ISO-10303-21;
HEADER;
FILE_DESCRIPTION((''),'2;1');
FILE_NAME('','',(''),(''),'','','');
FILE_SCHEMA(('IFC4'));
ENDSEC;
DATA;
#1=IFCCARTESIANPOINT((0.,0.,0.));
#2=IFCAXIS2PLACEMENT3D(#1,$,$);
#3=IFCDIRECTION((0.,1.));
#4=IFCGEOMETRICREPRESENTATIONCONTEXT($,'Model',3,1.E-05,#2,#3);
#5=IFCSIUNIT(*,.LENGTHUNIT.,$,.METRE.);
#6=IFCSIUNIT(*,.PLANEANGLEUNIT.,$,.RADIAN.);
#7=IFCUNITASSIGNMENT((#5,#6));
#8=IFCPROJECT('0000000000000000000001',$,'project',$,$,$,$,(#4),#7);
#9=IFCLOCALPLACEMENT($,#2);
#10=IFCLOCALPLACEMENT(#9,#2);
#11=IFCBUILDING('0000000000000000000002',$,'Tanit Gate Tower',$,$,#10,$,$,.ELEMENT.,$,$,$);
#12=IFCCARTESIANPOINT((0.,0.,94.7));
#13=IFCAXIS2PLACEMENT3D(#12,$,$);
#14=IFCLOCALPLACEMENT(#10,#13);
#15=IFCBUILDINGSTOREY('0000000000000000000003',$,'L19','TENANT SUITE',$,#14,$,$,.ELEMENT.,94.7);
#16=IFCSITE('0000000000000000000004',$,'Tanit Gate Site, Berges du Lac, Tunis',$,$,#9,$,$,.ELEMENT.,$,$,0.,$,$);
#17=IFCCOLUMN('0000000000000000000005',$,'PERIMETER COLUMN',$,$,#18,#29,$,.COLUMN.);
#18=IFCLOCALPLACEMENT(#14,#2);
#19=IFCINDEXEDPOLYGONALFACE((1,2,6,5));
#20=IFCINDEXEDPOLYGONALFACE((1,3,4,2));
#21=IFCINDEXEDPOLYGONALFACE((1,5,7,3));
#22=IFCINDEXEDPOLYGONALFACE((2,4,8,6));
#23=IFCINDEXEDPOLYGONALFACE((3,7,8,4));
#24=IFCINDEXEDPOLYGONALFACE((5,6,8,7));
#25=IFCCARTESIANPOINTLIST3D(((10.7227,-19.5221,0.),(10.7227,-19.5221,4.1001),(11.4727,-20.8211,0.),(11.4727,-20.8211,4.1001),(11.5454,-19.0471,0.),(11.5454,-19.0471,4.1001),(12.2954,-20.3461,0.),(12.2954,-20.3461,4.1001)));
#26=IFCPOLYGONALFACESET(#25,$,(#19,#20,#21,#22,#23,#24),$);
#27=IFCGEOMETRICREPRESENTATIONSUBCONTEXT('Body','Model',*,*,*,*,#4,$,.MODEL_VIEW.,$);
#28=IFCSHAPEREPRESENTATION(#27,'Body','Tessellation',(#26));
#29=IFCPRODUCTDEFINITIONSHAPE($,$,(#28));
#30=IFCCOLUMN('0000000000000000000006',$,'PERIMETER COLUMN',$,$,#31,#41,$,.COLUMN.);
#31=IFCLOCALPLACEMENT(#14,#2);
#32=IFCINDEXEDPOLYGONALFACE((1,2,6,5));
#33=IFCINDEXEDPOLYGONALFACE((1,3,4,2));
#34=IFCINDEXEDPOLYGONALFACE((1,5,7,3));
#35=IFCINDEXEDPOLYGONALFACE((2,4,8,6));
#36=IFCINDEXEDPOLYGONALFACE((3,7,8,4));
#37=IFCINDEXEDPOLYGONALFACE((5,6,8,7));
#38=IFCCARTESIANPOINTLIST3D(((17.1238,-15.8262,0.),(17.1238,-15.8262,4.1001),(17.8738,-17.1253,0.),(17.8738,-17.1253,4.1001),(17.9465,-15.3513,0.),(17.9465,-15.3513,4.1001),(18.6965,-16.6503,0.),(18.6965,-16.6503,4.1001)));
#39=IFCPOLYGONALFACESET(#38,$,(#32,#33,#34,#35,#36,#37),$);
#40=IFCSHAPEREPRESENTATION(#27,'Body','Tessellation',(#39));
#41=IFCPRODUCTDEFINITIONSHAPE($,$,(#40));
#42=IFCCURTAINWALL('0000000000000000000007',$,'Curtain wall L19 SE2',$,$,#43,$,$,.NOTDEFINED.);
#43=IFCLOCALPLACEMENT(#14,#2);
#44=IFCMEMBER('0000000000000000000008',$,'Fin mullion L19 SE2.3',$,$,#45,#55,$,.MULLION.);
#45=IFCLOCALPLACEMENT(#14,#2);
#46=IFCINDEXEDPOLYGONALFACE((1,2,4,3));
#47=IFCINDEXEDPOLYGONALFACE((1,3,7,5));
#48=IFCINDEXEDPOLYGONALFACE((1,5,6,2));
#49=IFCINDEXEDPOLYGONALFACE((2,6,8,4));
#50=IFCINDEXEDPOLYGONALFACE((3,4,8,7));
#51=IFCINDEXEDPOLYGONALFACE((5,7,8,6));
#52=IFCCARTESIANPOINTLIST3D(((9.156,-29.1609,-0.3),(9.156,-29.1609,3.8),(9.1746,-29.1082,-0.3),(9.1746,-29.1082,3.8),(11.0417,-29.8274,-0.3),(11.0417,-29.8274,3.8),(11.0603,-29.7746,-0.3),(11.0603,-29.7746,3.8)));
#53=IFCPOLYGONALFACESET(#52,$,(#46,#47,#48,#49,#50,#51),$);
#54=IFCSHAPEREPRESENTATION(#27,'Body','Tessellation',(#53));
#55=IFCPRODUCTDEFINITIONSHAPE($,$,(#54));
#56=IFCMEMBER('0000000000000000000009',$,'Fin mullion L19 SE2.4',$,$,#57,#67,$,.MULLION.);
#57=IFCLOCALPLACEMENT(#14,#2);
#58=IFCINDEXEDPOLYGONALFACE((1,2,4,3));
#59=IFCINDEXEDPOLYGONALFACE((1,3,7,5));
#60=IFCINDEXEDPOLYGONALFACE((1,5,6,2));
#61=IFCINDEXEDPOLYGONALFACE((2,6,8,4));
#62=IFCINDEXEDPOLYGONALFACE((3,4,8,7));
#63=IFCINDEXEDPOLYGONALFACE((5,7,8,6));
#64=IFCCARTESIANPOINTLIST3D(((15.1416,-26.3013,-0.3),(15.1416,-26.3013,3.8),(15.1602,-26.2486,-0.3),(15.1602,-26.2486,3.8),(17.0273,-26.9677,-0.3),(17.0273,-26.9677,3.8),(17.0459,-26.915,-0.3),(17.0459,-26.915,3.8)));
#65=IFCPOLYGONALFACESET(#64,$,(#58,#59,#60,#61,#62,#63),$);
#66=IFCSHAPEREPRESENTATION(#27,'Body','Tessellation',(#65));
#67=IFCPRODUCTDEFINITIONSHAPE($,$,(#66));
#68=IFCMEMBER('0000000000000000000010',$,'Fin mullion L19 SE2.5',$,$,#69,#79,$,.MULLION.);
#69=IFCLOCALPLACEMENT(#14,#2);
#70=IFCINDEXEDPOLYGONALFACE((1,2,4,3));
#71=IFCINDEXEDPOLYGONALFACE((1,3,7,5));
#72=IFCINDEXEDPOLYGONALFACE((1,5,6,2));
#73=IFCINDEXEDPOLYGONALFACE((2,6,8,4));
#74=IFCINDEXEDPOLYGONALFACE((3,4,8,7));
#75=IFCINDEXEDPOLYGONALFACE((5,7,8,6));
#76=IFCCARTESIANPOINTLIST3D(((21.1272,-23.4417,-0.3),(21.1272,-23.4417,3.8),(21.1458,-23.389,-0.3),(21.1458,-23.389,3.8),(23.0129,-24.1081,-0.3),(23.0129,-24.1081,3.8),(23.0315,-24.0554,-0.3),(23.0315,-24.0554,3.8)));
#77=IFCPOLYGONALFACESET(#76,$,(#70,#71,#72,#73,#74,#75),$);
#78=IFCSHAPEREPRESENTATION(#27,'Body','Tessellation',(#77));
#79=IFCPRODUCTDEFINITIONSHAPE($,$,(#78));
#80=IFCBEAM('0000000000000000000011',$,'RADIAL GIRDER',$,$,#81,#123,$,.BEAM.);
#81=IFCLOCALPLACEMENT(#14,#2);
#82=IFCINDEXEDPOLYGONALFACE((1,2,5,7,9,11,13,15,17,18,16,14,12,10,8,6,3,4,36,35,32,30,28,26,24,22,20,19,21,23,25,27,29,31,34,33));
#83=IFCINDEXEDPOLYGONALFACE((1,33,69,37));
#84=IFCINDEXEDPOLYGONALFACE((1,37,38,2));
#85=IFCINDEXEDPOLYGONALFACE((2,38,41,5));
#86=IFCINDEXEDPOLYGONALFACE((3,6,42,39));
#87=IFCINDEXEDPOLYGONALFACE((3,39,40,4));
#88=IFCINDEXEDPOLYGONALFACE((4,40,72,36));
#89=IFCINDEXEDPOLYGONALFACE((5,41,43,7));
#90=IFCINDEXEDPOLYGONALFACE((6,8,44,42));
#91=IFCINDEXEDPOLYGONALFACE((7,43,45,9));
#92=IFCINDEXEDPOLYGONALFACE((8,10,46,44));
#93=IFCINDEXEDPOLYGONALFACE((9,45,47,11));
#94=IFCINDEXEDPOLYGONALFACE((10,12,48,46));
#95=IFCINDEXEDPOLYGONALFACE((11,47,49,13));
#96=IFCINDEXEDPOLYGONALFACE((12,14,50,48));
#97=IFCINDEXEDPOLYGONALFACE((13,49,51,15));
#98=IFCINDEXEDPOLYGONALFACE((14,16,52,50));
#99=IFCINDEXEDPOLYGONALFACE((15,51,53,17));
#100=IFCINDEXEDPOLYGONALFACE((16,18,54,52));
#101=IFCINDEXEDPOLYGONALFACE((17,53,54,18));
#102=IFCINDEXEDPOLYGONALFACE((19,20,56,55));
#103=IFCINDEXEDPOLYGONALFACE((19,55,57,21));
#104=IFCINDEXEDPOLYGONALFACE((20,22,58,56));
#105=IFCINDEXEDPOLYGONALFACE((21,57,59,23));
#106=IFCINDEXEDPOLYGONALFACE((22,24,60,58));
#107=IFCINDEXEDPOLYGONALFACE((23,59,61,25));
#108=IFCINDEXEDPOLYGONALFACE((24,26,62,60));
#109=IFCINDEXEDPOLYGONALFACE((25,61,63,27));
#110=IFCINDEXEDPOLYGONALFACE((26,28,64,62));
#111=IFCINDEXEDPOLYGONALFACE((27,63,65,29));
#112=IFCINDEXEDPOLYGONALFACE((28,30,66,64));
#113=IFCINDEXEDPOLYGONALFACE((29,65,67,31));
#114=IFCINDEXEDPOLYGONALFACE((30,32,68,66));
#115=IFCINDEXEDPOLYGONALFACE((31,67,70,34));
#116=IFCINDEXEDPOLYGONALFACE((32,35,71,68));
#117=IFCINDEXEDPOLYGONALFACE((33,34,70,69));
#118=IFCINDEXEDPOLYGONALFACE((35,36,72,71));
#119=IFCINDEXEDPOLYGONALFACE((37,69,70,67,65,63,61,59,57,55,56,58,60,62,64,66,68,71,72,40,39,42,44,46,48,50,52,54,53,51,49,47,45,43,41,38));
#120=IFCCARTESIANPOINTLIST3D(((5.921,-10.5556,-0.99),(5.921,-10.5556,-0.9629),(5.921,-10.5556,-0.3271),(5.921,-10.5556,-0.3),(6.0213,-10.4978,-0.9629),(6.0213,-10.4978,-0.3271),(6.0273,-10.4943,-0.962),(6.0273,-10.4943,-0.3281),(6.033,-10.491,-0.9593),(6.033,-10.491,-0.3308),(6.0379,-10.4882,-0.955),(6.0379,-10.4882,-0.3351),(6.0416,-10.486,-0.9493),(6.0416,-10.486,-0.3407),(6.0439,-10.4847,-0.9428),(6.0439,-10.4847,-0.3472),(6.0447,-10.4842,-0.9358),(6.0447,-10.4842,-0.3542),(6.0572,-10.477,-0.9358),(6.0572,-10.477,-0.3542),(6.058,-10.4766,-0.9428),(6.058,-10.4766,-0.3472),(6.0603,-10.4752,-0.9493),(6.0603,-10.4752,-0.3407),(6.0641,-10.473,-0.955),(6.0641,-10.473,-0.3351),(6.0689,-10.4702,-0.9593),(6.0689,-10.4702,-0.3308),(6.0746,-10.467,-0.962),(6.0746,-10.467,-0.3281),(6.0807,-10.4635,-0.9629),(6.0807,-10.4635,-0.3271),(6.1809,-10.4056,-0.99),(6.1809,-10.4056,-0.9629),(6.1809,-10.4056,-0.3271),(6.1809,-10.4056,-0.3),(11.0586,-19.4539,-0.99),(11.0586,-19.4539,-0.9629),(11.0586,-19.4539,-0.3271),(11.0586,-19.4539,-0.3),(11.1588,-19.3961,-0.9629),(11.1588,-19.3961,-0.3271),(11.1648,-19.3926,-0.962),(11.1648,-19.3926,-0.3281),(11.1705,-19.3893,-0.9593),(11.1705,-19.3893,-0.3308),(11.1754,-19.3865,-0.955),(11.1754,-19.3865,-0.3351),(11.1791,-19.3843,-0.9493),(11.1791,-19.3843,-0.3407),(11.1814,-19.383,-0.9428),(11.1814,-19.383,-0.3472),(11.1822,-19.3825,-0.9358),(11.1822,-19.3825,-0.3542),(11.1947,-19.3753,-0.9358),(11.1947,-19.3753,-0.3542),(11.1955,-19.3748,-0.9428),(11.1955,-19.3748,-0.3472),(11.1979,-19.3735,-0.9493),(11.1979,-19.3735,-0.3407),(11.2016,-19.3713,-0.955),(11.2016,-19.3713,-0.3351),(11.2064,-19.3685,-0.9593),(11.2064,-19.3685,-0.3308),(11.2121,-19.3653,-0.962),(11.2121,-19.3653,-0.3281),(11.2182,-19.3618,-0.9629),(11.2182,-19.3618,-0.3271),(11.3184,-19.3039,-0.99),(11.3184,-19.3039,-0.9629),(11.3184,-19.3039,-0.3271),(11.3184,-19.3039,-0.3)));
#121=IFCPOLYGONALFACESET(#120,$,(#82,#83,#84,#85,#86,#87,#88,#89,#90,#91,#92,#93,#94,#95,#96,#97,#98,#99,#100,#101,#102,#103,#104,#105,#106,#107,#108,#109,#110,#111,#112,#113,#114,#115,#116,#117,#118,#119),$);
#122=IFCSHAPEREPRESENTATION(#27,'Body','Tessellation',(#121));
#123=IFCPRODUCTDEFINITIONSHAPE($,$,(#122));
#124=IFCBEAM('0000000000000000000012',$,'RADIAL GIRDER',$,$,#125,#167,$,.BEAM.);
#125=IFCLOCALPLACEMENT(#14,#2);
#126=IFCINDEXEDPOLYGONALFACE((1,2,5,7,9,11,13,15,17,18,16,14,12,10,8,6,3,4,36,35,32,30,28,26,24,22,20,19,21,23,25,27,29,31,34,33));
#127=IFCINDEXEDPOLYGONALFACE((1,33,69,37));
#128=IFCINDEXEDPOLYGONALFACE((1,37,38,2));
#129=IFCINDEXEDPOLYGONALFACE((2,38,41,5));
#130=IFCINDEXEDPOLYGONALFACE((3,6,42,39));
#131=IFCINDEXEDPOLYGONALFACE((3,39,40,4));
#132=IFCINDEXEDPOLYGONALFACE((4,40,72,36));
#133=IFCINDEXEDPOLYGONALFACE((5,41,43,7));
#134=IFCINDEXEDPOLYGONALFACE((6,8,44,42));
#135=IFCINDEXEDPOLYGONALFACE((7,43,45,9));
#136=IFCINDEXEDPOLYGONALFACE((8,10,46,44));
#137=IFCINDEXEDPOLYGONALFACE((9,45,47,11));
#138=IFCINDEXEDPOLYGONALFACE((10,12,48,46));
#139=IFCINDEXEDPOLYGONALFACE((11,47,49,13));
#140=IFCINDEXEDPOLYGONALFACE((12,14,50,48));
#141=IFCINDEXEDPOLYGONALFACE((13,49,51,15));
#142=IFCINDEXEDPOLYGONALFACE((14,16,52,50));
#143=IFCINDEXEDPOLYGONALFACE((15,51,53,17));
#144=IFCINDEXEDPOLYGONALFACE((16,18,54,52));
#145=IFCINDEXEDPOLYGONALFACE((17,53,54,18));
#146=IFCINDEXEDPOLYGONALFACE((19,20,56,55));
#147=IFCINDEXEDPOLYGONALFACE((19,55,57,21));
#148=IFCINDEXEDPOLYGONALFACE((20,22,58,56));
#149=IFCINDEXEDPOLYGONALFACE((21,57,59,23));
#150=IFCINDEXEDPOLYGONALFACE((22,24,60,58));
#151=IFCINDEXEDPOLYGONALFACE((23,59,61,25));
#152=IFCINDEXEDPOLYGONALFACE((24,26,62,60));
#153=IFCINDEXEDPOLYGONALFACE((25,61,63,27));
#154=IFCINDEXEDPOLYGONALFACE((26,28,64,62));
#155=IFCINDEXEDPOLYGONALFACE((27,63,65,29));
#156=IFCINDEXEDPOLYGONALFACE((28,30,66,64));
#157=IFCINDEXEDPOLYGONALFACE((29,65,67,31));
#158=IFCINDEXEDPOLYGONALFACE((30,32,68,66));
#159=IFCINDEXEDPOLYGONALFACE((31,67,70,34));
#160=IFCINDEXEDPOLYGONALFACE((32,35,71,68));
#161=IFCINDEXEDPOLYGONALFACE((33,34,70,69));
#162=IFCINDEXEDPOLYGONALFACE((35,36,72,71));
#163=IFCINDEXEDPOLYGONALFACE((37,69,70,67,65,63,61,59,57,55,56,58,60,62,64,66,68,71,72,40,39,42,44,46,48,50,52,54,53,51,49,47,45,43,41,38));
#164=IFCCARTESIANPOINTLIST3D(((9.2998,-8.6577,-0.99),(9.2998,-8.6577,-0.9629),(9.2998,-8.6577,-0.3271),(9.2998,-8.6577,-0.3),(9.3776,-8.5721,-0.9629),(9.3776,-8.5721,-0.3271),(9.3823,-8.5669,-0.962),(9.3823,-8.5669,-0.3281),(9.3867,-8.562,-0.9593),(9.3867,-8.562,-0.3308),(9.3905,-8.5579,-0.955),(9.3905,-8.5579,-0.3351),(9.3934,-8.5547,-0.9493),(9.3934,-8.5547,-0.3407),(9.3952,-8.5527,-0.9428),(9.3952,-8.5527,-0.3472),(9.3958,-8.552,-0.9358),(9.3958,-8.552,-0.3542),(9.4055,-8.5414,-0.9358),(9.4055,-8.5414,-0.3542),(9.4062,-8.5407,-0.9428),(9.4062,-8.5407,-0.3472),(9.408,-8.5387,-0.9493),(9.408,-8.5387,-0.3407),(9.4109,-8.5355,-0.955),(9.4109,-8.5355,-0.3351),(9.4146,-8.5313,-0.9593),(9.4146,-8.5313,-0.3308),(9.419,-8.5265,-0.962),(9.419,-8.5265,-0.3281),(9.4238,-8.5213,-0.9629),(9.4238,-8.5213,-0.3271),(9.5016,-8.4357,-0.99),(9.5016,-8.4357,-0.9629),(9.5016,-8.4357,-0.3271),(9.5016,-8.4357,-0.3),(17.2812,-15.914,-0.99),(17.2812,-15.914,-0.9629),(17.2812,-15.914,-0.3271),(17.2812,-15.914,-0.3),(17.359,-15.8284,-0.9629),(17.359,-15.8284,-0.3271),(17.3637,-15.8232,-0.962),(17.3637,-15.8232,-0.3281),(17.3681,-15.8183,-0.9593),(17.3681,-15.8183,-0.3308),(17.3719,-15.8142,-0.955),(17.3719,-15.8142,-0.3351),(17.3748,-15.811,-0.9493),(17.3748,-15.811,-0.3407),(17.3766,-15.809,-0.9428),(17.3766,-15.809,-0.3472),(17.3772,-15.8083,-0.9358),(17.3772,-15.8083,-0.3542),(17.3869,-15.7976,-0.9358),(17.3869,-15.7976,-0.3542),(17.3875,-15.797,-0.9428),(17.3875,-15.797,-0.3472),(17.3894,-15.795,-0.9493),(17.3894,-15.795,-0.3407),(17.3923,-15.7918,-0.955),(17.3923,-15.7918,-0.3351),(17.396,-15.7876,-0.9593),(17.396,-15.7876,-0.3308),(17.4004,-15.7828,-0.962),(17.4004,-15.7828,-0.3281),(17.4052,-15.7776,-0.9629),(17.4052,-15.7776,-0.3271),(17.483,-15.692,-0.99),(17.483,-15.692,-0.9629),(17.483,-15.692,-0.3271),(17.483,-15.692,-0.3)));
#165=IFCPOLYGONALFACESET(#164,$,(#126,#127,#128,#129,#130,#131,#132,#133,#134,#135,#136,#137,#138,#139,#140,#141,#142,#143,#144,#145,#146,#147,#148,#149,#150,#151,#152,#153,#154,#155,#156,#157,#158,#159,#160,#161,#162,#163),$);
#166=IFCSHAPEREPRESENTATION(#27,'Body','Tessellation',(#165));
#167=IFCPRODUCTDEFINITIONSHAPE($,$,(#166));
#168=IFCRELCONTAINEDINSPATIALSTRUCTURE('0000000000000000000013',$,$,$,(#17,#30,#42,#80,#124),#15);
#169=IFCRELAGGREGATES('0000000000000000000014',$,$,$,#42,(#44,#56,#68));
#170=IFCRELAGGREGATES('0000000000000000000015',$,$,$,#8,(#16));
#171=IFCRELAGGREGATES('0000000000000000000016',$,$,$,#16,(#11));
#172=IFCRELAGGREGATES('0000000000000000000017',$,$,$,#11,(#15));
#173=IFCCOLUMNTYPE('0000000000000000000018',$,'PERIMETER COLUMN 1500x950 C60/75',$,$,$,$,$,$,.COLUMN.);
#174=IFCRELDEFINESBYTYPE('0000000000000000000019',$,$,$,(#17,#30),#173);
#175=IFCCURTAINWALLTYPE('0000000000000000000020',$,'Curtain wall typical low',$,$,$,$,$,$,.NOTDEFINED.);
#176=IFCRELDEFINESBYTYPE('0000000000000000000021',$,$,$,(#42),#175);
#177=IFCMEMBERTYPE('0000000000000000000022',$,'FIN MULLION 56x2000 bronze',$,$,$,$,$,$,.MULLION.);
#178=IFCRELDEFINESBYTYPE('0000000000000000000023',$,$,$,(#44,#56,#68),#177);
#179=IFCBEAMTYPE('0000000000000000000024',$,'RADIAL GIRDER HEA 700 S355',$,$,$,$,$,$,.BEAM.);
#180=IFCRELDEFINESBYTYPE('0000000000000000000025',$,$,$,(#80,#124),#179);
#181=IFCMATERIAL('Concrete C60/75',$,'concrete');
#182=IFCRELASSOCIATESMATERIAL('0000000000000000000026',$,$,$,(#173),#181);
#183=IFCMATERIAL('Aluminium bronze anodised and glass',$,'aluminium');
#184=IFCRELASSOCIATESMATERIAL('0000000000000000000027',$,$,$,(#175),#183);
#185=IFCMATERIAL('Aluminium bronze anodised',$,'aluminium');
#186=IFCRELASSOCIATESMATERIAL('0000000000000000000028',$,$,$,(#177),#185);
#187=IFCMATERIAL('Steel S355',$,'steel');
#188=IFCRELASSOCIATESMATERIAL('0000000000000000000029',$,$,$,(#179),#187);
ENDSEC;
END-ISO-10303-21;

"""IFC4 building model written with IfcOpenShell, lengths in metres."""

from ifc_helpers import new_model, si_unit, direction, frame, origin, origin_2d, place, context, subcontext, project, spatial, rectangle, i_section, extrude, material, material_profile, profile_set, type_object, element, aggregate, save


model = new_model("IFC4")

# Units and contexts
model_context = context("Model", 3, precision=1e-05, world=origin(), true_north=direction((0.0, 1.0)))
body_context = subcontext(model_context, "Body", "Model", "MODEL_VIEW")
ifc_project = project(units=[si_unit("LENGTHUNIT", "METRE"), si_unit("PLANEANGLEUNIT", "RADIAN")], contexts=[model_context])

# Site, building, storey
site_placement = place(None, origin())
site = spatial("IfcSite", under=ifc_project, at=site_placement, Name="Tanit Gate Site, Berges du Lac, Tunis", CompositionType="ELEMENT", RefElevation=0.0)
building_placement = place(site_placement, origin())
building = spatial("IfcBuilding", under=site, at=building_placement, Name="Tanit Gate Tower", CompositionType="ELEMENT")
storey_placement = place(building_placement, frame((0.0, 0.0, 94.7)))
storey = spatial("IfcBuildingStorey", under=building, at=storey_placement, Name="L19", Description="TENANT SUITE", CompositionType="ELEMENT", Elevation=94.7)

# Columns
ifc_material_1 = material(Name="Concrete C60/75", Category="concrete")
ifc_material_profile_1 = material_profile(ifc_material_1, rectangle(XDim=1.5, YDim=0.95, at=origin_2d()), Name="RC 1500x950")
ifc_profile_set_1 = profile_set([ifc_material_profile_1], Name="Concrete C60/75")
column_type = type_object("IfcColumnType", Name="PERIMETER COLUMN 1500x950 C60/75", PredefinedType="COLUMN", material=ifc_profile_set_1)
for number, where, z_axis, x_axis, name in (
    (1, (11.509, -19.9341, 0.0), (0.0, 0.0, 1.0), (0.5, -0.866025, 0.0), "PERIMETER COLUMN"),
    (2, (17.9102, -16.2383, 0.0), (0.0, 0.0, 1.0), (0.5, -0.866025, 0.0), "PERIMETER COLUMN"),
):
    element("IfcColumn", number, at=place(storey_placement, frame(where, z_axis=z_axis, x_axis=x_axis)), inside=storey, type_object=column_type, Name=name, PredefinedType="COLUMN", context=body_context, shape_type="SweptSolid", body=[
        extrude(rectangle(XDim=1.5, YDim=0.95, at=origin_2d()), origin(), (0.0, 0.0, 1.0), 4.1001),
    ])

# Curtain wall, members
ifc_material_2 = material(Name="Aluminium bronze anodised and glass", Category="aluminium")
curtain_wall_type = type_object("IfcCurtainWallType", Name="Curtain wall typical low", PredefinedType="NOTDEFINED", material=ifc_material_2)
curtain_wall_placement = place(storey_placement, origin())
curtain_wall = element("IfcCurtainWall", 3, at=curtain_wall_placement, inside=storey, type_object=curtain_wall_type, Name="Curtain wall L19 SE2", PredefinedType="NOTDEFINED")
ifc_material_3 = material(Name="Aluminium bronze anodised", Category="aluminium")
ifc_material_profile_2 = material_profile(ifc_material_3, rectangle(XDim=2.0, YDim=0.0559, at=origin_2d()), Name="56x2000 bronze fin mullion")
ifc_profile_set_2 = profile_set([ifc_material_profile_2], Name="Aluminium bronze anodised")
member_type_1 = type_object("IfcMemberType", Name="FIN MULLION 56x2000 bronze", PredefinedType="MULLION", material=ifc_profile_set_2)
member_1_placement = place(storey_placement, frame((10.1082, -29.4678, -0.3), z_axis=(0.0, 0.0, 1.0), x_axis=(-0.942849, 0.33322, 0.0)))
member_1 = element("IfcMember", 4, at=member_1_placement, type_object=member_type_1, Name="Fin mullion L19 SE2.3", PredefinedType="MULLION", context=body_context, shape_type="SweptSolid", body=[
    extrude(rectangle(XDim=2.0, YDim=0.0559, at=origin_2d()), origin(), (0.0, 0.0, 1.0), 4.1001),
])
member_2_placement = place(storey_placement, frame((16.0938, -26.6082, -0.3), z_axis=(0.0, 0.0, 1.0), x_axis=(-0.942849, 0.33322, 0.0)))
member_2 = element("IfcMember", 5, at=member_2_placement, type_object=member_type_1, Name="Fin mullion L19 SE2.4", PredefinedType="MULLION", context=body_context, shape_type="SweptSolid", body=[
    extrude(rectangle(XDim=2.0, YDim=0.0559, at=origin_2d()), origin(), (0.0, 0.0, 1.0), 4.1001),
])
member_3_placement = place(storey_placement, frame((22.0793, -23.7485, -0.3), z_axis=(0.0, 0.0, 1.0), x_axis=(-0.942849, 0.33322, 0.0)))
member_3 = element("IfcMember", 6, at=member_3_placement, type_object=member_type_1, Name="Fin mullion L19 SE2.5", PredefinedType="MULLION", context=body_context, shape_type="SweptSolid", body=[
    extrude(rectangle(XDim=2.0, YDim=0.0559, at=origin_2d()), origin(), (0.0, 0.0, 1.0), 4.1001),
])

# Beams
ifc_material_4 = material(Name="Steel S355", Category="steel")
ifc_material_profile_3 = material_profile(ifc_material_4, i_section(OverallWidth=0.3, OverallDepth=0.6899, WebThickness=0.0144, FlangeThickness=0.0271, FilletRadius=0.0271, at=origin_2d()), Name="HEA 700")
ifc_profile_set_3 = profile_set([ifc_material_profile_3], Name="Steel S355")
beam_type = type_object("IfcBeamType", Name="RADIAL GIRDER HEA 700 S355", PredefinedType="BEAM", material=ifc_profile_set_3)
beam_1_placement = place(storey_placement, frame((11.1885, -19.3789, -0.645), z_axis=(-0.500006, 0.866022, 0.0), x_axis=(-0.866022, -0.500006, 0.0)))
element("IfcBeam", 7, at=beam_1_placement, inside=storey, type_object=beam_type, Name="RADIAL GIRDER", PredefinedType="BEAM", context=body_context, shape_type="SweptSolid", body=[
    extrude(i_section(OverallWidth=0.3, OverallDepth=0.6899, WebThickness=0.0144, FlangeThickness=0.0271, FilletRadius=0.0271, at=origin_2d()), origin(), (0.0, 0.0, 1.0), 10.2749),
])
beam_2_placement = place(storey_placement, frame((17.3821, -15.803, -0.645), z_axis=(-0.739918, 0.672698, 0.0), x_axis=(-0.672698, -0.739918, 0.0)))
element("IfcBeam", 8, at=beam_2_placement, inside=storey, type_object=beam_type, Name="RADIAL GIRDER", PredefinedType="BEAM", context=body_context, shape_type="SweptSolid", body=[
    extrude(i_section(OverallWidth=0.3, OverallDepth=0.6899, WebThickness=0.0144, FlangeThickness=0.0271, FilletRadius=0.0271, at=origin_2d()), origin(), (0.0, 0.0, 1.0), 10.7869),
])

aggregate(curtain_wall, [member_1, member_2, member_3])

save(model, "model.ifc")
